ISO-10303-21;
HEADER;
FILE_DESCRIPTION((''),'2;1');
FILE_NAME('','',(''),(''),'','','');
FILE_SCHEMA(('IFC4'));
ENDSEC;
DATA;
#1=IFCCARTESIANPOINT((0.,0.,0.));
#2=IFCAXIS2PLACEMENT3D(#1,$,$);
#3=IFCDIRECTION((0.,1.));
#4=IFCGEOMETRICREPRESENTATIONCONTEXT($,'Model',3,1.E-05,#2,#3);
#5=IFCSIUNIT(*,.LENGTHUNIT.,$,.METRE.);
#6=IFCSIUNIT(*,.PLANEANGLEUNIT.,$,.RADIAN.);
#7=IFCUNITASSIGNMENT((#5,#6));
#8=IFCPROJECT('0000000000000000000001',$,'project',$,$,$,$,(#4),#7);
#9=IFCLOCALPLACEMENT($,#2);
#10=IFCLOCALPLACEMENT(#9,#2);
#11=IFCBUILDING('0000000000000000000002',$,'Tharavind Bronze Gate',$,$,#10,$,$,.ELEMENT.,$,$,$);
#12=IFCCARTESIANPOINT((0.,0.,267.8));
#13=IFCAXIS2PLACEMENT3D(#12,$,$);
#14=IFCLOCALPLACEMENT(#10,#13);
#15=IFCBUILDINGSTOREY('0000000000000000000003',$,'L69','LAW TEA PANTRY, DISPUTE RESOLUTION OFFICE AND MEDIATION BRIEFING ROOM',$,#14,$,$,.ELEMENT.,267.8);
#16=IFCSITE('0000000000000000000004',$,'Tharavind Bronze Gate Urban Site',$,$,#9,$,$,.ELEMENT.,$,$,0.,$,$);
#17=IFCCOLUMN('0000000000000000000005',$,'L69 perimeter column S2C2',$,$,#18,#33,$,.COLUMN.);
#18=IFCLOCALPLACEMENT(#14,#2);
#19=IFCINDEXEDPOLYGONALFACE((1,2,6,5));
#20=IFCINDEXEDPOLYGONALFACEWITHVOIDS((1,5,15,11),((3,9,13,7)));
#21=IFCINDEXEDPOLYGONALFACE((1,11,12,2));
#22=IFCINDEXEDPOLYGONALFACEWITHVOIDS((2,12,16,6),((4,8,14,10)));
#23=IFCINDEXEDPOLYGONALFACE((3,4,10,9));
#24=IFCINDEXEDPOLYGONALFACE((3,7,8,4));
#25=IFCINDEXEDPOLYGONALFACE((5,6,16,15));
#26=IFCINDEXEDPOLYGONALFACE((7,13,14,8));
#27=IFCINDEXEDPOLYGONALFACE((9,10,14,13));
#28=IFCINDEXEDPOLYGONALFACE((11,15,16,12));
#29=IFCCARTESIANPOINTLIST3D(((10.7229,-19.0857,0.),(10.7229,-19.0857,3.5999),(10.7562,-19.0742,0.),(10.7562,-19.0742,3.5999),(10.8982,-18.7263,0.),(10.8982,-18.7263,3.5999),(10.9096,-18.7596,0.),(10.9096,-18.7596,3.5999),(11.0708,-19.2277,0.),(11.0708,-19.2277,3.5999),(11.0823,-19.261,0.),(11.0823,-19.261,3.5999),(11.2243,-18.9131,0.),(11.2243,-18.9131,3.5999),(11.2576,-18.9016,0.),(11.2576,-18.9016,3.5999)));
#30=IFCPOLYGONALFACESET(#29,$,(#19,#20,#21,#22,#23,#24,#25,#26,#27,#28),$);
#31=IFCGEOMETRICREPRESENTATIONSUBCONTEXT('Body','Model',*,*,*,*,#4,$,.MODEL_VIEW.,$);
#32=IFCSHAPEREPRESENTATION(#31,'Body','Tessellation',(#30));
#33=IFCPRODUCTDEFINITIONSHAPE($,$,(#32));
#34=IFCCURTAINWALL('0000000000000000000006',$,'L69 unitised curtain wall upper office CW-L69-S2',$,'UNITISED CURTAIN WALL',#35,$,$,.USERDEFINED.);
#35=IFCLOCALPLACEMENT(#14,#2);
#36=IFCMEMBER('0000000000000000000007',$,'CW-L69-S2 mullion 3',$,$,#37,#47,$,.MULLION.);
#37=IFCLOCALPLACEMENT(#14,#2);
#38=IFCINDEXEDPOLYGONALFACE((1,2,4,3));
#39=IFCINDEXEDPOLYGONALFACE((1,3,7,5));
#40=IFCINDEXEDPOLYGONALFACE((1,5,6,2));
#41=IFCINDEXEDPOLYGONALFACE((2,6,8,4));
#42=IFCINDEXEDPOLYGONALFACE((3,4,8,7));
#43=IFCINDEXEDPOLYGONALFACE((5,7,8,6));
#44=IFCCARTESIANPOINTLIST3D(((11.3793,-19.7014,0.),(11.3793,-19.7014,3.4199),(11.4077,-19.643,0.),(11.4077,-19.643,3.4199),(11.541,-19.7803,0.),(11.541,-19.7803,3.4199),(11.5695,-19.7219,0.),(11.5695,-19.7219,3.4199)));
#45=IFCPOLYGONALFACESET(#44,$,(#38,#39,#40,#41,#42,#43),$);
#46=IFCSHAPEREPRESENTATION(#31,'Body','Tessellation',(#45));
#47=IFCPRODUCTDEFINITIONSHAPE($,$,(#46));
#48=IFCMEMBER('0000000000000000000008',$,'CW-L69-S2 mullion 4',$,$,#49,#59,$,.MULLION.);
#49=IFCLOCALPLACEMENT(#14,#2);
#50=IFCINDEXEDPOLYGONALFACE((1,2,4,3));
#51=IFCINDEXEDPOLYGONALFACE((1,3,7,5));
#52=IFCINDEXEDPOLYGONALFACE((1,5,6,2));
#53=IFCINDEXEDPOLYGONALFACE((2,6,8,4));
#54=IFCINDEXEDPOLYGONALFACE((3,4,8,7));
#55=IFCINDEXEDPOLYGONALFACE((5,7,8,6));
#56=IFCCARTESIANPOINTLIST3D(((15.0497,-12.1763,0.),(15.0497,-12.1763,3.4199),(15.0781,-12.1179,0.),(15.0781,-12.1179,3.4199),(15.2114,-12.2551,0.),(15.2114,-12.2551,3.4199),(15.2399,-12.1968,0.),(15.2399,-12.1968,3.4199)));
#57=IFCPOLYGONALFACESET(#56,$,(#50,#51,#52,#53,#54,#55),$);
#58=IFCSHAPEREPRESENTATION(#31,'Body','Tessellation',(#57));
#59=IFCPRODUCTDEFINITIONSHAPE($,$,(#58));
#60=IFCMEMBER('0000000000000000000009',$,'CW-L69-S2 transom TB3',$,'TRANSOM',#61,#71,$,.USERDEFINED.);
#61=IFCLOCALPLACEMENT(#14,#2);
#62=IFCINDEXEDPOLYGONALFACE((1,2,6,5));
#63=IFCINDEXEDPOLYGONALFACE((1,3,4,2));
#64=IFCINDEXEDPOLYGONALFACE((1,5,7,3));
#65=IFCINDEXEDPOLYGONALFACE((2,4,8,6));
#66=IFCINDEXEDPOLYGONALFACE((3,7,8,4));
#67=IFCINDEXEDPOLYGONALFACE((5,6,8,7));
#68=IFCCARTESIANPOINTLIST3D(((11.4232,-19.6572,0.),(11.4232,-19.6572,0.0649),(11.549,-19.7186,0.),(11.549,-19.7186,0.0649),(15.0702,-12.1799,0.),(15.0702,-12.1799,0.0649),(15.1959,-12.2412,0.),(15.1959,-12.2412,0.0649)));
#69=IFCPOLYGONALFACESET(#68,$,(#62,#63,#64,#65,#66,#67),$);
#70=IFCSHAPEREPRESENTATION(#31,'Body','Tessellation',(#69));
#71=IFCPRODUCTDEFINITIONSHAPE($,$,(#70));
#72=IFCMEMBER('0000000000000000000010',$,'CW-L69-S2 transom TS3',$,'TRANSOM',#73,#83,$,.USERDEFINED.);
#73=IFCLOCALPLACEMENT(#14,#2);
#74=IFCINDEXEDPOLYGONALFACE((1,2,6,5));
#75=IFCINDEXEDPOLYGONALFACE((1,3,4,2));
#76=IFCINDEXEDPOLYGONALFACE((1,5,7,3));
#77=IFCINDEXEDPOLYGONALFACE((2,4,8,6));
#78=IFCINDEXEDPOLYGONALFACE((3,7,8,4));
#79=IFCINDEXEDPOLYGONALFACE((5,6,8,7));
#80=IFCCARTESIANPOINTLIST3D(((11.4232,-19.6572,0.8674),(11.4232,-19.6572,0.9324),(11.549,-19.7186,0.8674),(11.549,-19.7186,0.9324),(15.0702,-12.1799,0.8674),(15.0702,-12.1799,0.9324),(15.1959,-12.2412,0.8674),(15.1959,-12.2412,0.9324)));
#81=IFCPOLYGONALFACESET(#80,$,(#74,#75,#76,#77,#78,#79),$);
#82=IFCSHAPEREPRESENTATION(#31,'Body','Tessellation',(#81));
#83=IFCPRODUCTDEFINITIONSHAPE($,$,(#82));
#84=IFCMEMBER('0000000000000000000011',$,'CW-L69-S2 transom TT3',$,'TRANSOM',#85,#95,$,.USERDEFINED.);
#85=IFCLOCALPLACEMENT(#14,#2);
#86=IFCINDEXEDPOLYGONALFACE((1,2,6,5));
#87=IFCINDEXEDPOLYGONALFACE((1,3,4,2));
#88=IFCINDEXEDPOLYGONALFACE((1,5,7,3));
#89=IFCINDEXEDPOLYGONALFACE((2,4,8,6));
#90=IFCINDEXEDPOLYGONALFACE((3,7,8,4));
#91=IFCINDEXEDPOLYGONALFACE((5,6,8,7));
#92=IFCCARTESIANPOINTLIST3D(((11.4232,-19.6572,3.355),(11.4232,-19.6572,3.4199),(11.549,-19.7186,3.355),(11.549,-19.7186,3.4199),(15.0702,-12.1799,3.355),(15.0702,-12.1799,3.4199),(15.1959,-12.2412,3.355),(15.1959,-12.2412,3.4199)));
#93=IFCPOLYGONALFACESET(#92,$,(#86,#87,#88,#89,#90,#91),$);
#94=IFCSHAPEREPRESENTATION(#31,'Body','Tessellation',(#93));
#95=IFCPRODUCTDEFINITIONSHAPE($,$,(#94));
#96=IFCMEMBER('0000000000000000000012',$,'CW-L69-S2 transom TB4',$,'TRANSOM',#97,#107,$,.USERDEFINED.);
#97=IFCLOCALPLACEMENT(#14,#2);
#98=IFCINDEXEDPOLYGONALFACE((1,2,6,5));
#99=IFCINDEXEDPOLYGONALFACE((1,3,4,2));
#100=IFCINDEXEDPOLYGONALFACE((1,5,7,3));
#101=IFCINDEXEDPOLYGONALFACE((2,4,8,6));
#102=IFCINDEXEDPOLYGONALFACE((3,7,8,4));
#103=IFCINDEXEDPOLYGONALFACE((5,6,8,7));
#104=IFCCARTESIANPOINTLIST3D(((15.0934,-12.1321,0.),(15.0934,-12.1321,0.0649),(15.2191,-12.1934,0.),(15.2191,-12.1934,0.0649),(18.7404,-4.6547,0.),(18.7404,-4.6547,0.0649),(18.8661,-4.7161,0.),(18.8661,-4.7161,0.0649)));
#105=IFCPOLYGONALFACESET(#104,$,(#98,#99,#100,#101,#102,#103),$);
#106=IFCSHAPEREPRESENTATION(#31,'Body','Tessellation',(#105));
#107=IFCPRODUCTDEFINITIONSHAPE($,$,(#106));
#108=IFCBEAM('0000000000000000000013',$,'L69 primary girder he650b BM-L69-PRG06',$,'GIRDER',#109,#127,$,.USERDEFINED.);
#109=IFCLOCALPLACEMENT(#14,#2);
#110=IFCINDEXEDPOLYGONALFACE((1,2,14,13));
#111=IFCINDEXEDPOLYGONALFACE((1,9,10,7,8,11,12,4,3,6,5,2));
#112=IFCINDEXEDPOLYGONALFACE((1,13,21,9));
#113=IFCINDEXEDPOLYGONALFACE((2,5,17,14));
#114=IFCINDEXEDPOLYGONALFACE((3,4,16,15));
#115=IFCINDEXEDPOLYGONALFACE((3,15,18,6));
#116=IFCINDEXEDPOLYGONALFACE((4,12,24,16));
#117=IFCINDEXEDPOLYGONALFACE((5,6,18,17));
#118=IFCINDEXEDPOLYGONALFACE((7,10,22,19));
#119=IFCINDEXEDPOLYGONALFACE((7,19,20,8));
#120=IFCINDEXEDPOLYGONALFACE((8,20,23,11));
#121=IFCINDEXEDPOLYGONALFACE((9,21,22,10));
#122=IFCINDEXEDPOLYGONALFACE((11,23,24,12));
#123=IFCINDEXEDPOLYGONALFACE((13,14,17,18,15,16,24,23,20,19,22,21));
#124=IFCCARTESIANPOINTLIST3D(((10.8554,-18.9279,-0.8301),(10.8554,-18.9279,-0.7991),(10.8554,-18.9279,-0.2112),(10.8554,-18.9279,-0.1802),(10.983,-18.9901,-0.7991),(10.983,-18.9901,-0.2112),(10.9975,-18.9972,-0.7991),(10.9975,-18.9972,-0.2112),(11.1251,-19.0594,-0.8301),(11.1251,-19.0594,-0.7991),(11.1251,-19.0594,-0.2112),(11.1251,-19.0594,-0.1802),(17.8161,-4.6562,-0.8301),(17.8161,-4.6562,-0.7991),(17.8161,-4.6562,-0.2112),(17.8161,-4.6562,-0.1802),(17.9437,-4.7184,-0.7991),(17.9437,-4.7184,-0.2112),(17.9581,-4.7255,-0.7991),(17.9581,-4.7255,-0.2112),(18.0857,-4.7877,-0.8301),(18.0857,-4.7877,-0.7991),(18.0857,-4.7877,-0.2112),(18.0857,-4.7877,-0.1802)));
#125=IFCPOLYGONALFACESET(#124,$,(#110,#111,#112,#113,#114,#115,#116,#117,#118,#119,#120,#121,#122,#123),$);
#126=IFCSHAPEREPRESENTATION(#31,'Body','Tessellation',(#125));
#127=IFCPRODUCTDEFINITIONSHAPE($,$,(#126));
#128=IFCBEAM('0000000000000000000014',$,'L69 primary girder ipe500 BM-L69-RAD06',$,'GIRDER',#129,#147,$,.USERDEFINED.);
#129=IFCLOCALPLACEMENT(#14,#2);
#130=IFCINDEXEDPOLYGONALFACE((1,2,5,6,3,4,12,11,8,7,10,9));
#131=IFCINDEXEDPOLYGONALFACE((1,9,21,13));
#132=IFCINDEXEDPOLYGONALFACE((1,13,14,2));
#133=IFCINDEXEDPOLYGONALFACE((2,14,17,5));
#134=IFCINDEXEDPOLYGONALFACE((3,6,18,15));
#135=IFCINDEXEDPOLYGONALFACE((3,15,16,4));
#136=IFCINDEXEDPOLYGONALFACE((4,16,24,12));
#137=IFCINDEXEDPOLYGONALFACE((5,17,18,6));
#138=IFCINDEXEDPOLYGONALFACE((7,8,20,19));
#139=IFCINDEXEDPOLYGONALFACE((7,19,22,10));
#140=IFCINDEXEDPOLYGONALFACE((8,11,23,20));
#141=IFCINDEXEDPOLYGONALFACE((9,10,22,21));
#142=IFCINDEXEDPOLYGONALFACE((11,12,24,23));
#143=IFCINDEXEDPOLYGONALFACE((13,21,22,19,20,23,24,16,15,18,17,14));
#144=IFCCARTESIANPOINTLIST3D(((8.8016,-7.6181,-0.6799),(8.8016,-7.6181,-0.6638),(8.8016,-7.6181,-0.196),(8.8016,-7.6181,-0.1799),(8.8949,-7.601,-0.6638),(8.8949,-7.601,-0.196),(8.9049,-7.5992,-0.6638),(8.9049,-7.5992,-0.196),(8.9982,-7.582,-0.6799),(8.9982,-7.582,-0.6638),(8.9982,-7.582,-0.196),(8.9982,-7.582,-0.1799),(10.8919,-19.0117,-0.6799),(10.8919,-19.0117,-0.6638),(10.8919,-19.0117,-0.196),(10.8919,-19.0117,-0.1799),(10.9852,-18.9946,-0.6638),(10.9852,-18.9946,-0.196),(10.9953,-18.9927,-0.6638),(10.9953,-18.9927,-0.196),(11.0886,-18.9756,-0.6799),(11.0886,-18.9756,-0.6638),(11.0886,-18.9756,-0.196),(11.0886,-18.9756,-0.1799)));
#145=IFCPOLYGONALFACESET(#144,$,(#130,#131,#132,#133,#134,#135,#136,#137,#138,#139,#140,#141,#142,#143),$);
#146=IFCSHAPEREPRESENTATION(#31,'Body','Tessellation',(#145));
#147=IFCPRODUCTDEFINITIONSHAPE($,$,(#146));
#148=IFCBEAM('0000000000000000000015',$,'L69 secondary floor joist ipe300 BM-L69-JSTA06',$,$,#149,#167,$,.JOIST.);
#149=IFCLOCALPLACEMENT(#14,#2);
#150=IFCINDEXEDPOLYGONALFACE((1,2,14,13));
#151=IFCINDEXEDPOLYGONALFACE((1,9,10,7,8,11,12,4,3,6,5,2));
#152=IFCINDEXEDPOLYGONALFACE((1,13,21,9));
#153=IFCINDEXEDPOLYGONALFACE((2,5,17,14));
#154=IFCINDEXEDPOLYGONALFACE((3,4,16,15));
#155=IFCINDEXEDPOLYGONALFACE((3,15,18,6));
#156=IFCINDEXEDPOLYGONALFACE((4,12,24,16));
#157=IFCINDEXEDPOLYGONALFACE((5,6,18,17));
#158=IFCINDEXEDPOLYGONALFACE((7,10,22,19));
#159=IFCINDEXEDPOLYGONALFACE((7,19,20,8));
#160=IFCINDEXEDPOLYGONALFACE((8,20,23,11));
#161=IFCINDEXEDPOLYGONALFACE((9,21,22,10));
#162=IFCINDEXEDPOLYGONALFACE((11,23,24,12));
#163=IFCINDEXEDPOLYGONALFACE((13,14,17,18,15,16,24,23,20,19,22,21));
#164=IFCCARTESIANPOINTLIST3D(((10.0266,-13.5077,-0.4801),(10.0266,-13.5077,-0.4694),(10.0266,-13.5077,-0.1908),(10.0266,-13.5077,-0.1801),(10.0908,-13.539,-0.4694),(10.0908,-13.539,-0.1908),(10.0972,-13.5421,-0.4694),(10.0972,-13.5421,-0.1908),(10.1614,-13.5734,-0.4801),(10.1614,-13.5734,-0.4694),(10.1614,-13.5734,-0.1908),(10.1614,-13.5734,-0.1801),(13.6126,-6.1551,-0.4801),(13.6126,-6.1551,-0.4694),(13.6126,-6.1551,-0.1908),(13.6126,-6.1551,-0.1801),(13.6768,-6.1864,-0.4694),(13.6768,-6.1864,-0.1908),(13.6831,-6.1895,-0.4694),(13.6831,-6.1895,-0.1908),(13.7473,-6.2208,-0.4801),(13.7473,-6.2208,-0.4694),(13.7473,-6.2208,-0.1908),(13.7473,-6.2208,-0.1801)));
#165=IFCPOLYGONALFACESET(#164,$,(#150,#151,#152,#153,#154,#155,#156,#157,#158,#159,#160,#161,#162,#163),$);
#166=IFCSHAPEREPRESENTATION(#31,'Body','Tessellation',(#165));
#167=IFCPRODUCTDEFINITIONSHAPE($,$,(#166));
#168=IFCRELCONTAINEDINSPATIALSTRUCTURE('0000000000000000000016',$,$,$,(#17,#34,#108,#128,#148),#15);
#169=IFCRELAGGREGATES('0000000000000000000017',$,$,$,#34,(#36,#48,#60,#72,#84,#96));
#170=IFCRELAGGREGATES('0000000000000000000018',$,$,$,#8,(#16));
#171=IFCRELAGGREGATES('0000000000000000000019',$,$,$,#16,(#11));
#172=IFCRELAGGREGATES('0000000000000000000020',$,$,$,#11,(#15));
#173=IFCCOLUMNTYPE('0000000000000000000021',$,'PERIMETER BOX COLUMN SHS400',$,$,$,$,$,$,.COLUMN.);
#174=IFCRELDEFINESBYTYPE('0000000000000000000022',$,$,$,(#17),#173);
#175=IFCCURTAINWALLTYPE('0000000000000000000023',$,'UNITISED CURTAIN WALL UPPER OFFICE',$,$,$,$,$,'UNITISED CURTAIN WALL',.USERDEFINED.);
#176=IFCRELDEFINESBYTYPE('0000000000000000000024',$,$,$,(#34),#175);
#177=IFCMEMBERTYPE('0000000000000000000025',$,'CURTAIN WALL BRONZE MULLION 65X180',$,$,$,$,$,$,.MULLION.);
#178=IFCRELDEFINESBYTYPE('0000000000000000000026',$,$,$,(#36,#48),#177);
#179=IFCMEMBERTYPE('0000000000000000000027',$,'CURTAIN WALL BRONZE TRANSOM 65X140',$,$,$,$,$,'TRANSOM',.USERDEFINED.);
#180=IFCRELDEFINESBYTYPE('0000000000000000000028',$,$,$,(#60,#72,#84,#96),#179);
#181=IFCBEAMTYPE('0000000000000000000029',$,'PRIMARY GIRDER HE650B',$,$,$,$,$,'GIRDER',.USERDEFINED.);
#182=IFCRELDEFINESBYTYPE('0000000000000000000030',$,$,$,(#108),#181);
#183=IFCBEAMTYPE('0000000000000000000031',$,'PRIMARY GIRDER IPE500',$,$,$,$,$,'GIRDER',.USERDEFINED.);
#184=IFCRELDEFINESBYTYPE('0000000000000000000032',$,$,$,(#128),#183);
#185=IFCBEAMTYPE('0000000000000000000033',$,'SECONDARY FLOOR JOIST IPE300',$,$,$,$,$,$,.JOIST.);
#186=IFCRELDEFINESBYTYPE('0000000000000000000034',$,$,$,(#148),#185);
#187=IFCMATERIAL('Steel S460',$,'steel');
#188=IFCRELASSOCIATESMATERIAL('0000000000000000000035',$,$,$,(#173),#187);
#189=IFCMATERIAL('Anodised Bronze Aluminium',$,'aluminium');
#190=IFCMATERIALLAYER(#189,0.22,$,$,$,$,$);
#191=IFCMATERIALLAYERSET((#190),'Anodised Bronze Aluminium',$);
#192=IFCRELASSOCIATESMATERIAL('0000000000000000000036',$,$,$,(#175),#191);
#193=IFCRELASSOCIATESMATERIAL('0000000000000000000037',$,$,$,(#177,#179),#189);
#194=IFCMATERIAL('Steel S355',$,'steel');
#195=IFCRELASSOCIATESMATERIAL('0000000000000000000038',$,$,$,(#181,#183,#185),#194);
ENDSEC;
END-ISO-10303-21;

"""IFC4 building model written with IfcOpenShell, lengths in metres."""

from ifc_helpers import new_model, si_unit, direction, frame, origin, origin_2d, place, context, subcontext, project, spatial, rectangle, hollow_rectangle, i_section, extrude, material, layer, layer_set, material_profile, profile_set, type_object, element, aggregate, save


model = new_model("IFC4")

# Units and contexts
model_context = context("Model", 3, precision=1e-05, world=origin(), true_north=direction((0.0, 1.0)))
body_context = subcontext(model_context, "Body", "Model", "MODEL_VIEW")
ifc_project = project(units=[si_unit("LENGTHUNIT", "METRE"), si_unit("PLANEANGLEUNIT", "RADIAN")], contexts=[model_context])

# Site, building, storey
site_placement = place(None, origin())
site = spatial("IfcSite", under=ifc_project, at=site_placement, Name="Tharavind Bronze Gate Urban Site", CompositionType="ELEMENT", RefElevation=0.0)
building_placement = place(site_placement, origin())
building = spatial("IfcBuilding", under=site, at=building_placement, Name="Tharavind Bronze Gate", CompositionType="ELEMENT")
storey_placement = place(building_placement, frame((0.0, 0.0, 267.8)))
storey = spatial("IfcBuildingStorey", under=building, at=storey_placement, Name="L69", Description="LAW TEA PANTRY, DISPUTE RESOLUTION OFFICE AND MEDIATION BRIEFING ROOM", CompositionType="ELEMENT", Elevation=267.8)

# Column
ifc_material_1 = material(Name="Steel S460", Category="steel")
ifc_material_profile_1 = material_profile(ifc_material_1, hollow_rectangle(XDim=0.3999, YDim=0.3999, WallThickness=0.0249, at=origin_2d()), Name="SHS400X25")
ifc_profile_set_1 = profile_set([ifc_material_profile_1], Name="Steel S460")
column_type = type_object("IfcColumnType", Name="PERIMETER BOX COLUMN SHS400", PredefinedType="COLUMN", material=ifc_profile_set_1)
column_placement = place(storey_placement, frame((10.9902, -18.9937, 0.0), z_axis=(0.0, 0.0, 1.0), x_axis=(0.438373, 0.898793, 0.0)))
element("IfcColumn", 1, at=column_placement, inside=storey, type_object=column_type, Name="L69 perimeter column S2C2", PredefinedType="COLUMN", context=body_context, shape_type="SweptSolid", body=[
    extrude(hollow_rectangle(XDim=0.3999, YDim=0.3999, WallThickness=0.0249, at=origin_2d()), origin(), (0.0, 0.0, 1.0), 3.5999),
])

# Curtain wall, members
ifc_material_2 = material(Name="Anodised Bronze Aluminium", Category="aluminium")
ifc_layer_1 = layer(ifc_material_2, 0.22)
ifc_layer_set_1 = layer_set([ifc_layer_1], Name="Anodised Bronze Aluminium")
curtain_wall_type = type_object("IfcCurtainWallType", Name="UNITISED CURTAIN WALL UPPER OFFICE", ElementType="UNITISED CURTAIN WALL", PredefinedType="USERDEFINED", material=ifc_layer_set_1)
curtain_wall_placement = place(storey_placement, origin())
curtain_wall = element("IfcCurtainWall", 2, at=curtain_wall_placement, inside=storey, type_object=curtain_wall_type, Name="L69 unitised curtain wall upper office CW-L69-S2", ObjectType="UNITISED CURTAIN WALL", PredefinedType="USERDEFINED")
member_type_1 = type_object("IfcMemberType", Name="CURTAIN WALL BRONZE MULLION 65X180", PredefinedType="MULLION", material=ifc_material_2)
member_1_placement = place(storey_placement, frame((11.4744, -19.7117, 0.0), z_axis=(0.0, 0.0, 1.0), x_axis=(0.438373, 0.898793, 0.0)))
member_1 = element("IfcMember", 3, at=member_1_placement, type_object=member_type_1, Name="CW-L69-S2 mullion 3", PredefinedType="MULLION", context=body_context, shape_type="SweptSolid", body=[
    extrude(rectangle(XDim=0.0649, YDim=0.1799, at=origin_2d()), origin(), (0.0, 0.0, 1.0), 3.4199),
])
member_2_placement = place(storey_placement, frame((15.1448, -12.1865, 0.0), z_axis=(0.0, 0.0, 1.0), x_axis=(0.438373, 0.898793, 0.0)))
member_2 = element("IfcMember", 4, at=member_2_placement, type_object=member_type_1, Name="CW-L69-S2 mullion 4", PredefinedType="MULLION", context=body_context, shape_type="SweptSolid", body=[
    extrude(rectangle(XDim=0.0649, YDim=0.1799, at=origin_2d()), origin(), (0.0, 0.0, 1.0), 3.4199),
])
member_type_2 = type_object("IfcMemberType", Name="CURTAIN WALL BRONZE TRANSOM 65X140", ElementType="TRANSOM", PredefinedType="USERDEFINED", material=ifc_material_2)
member_3_placement = place(storey_placement, frame((13.3096, -15.9492, 0.0), z_axis=(0.0, 0.0, 1.0), x_axis=(0.438373, 0.898793, 0.0)))
member_3 = element("IfcMember", 5, at=member_3_placement, type_object=member_type_2, Name="CW-L69-S2 transom TB3", ObjectType="TRANSOM", PredefinedType="USERDEFINED", context=body_context, shape_type="SweptSolid", body=[
    extrude(rectangle(XDim=8.3193, YDim=0.1399, at=origin_2d()), origin(), (0.0, 0.0, 1.0), 0.0649),
])
member_4_placement = place(storey_placement, frame((13.3096, -15.9492, 0.8674), z_axis=(0.0, 0.0, 1.0), x_axis=(0.438373, 0.898793, 0.0)))
member_4 = element("IfcMember", 6, at=member_4_placement, type_object=member_type_2, Name="CW-L69-S2 transom TS3", ObjectType="TRANSOM", PredefinedType="USERDEFINED", context=body_context, shape_type="SweptSolid", body=[
    extrude(rectangle(XDim=8.3193, YDim=0.1399, at=origin_2d()), origin(), (0.0, 0.0, 1.0), 0.0649),
])
member_5_placement = place(storey_placement, frame((13.3096, -15.9492, 3.355), z_axis=(0.0, 0.0, 1.0), x_axis=(0.438373, 0.898793, 0.0)))
member_5 = element("IfcMember", 7, at=member_5_placement, type_object=member_type_2, Name="CW-L69-S2 transom TT3", ObjectType="TRANSOM", PredefinedType="USERDEFINED", context=body_context, shape_type="SweptSolid", body=[
    extrude(rectangle(XDim=8.3193, YDim=0.1399, at=origin_2d()), origin(), (0.0, 0.0, 1.0), 0.0649),
])
member_6_placement = place(storey_placement, frame((16.9797, -8.4241, 0.0), z_axis=(0.0, 0.0, 1.0), x_axis=(0.438373, 0.898793, 0.0)))
member_6 = element("IfcMember", 8, at=member_6_placement, type_object=member_type_2, Name="CW-L69-S2 transom TB4", ObjectType="TRANSOM", PredefinedType="USERDEFINED", context=body_context, shape_type="SweptSolid", body=[
    extrude(rectangle(XDim=8.3193, YDim=0.1399, at=origin_2d()), origin(), (0.0, 0.0, 1.0), 0.0649),
])

# Beams
ifc_material_3 = material(Name="Steel S355", Category="steel")
ifc_material_profile_2 = material_profile(ifc_material_3, i_section(OverallWidth=0.3, OverallDepth=0.6499, WebThickness=0.0161, FlangeThickness=0.031, at=origin_2d()), Name="HE650B")
ifc_profile_set_2 = profile_set([ifc_material_profile_2], Name="Steel S355")
beam_type_1 = type_object("IfcBeamType", Name="PRIMARY GIRDER HE650B", ElementType="GIRDER", PredefinedType="USERDEFINED", material=ifc_profile_set_2)
beam_1_placement = place(storey_placement, frame((10.9902, -18.9937, -0.5051), z_axis=(0.438366, 0.898796, 0.0), x_axis=(-0.898796, 0.438366, 0.0)))
element("IfcBeam", 9, at=beam_1_placement, inside=storey, type_object=beam_type_1, Name="L69 primary girder he650b BM-L69-PRG06", ObjectType="GIRDER", PredefinedType="USERDEFINED", context=body_context, shape_type="SweptSolid", body=[
    extrude(i_section(OverallWidth=0.3, OverallDepth=0.6499, WebThickness=0.0161, FlangeThickness=0.031, at=origin_2d()), origin(), (0.0, 0.0, 1.0), 15.8787),
])
ifc_material_profile_3 = material_profile(ifc_material_3, i_section(OverallWidth=0.2, OverallDepth=0.5, WebThickness=0.0103, FlangeThickness=0.0161, at=origin_2d()), Name="IPE500")
ifc_profile_set_3 = profile_set([ifc_material_profile_3], Name="Steel S355")
beam_type_2 = type_object("IfcBeamType", Name="PRIMARY GIRDER IPE500", ElementType="GIRDER", PredefinedType="USERDEFINED", material=ifc_profile_set_3)
beam_2_placement = place(storey_placement, frame((10.9902, -18.9937, -0.4299), z_axis=(-0.180454, 0.983583, 0.0), x_axis=(-0.983583, -0.180454, 0.0)))
element("IfcBeam", 10, at=beam_2_placement, inside=storey, type_object=beam_type_2, Name="L69 primary girder ipe500 BM-L69-RAD06", ObjectType="GIRDER", PredefinedType="USERDEFINED", context=body_context, shape_type="SweptSolid", body=[
    extrude(i_section(OverallWidth=0.2, OverallDepth=0.5, WebThickness=0.0103, FlangeThickness=0.0161, at=origin_2d()), origin(), (0.0, 0.0, 1.0), 11.5837),
])
ifc_material_profile_4 = material_profile(ifc_material_3, i_section(OverallWidth=0.1499, OverallDepth=0.3, WebThickness=0.0071, FlangeThickness=0.0107, at=origin_2d()), Name="IPE300")
ifc_profile_set_4 = profile_set([ifc_material_profile_4], Name="Steel S355")
beam_type_3 = type_object("IfcBeamType", Name="SECONDARY FLOOR JOIST IPE300", PredefinedType="JOIST", material=ifc_profile_set_4)
beam_3_placement = place(storey_placement, frame((10.094, -13.5405, -0.3301), z_axis=(0.438358, 0.898801, 0.0), x_axis=(-0.898801, 0.438358, 0.0)))
element("IfcBeam", 11, at=beam_3_placement, inside=storey, type_object=beam_type_3, Name="L69 secondary floor joist ipe300 BM-L69-JSTA06", PredefinedType="JOIST", context=body_context, shape_type="SweptSolid", body=[
    extrude(i_section(OverallWidth=0.1499, OverallDepth=0.3, WebThickness=0.0071, FlangeThickness=0.0107, at=origin_2d()), origin(), (0.0, 0.0, 1.0), 8.1804),
])

aggregate(curtain_wall, [member_1, member_2, member_3, member_4, member_5, member_6])

save(model, "model.ifc")
